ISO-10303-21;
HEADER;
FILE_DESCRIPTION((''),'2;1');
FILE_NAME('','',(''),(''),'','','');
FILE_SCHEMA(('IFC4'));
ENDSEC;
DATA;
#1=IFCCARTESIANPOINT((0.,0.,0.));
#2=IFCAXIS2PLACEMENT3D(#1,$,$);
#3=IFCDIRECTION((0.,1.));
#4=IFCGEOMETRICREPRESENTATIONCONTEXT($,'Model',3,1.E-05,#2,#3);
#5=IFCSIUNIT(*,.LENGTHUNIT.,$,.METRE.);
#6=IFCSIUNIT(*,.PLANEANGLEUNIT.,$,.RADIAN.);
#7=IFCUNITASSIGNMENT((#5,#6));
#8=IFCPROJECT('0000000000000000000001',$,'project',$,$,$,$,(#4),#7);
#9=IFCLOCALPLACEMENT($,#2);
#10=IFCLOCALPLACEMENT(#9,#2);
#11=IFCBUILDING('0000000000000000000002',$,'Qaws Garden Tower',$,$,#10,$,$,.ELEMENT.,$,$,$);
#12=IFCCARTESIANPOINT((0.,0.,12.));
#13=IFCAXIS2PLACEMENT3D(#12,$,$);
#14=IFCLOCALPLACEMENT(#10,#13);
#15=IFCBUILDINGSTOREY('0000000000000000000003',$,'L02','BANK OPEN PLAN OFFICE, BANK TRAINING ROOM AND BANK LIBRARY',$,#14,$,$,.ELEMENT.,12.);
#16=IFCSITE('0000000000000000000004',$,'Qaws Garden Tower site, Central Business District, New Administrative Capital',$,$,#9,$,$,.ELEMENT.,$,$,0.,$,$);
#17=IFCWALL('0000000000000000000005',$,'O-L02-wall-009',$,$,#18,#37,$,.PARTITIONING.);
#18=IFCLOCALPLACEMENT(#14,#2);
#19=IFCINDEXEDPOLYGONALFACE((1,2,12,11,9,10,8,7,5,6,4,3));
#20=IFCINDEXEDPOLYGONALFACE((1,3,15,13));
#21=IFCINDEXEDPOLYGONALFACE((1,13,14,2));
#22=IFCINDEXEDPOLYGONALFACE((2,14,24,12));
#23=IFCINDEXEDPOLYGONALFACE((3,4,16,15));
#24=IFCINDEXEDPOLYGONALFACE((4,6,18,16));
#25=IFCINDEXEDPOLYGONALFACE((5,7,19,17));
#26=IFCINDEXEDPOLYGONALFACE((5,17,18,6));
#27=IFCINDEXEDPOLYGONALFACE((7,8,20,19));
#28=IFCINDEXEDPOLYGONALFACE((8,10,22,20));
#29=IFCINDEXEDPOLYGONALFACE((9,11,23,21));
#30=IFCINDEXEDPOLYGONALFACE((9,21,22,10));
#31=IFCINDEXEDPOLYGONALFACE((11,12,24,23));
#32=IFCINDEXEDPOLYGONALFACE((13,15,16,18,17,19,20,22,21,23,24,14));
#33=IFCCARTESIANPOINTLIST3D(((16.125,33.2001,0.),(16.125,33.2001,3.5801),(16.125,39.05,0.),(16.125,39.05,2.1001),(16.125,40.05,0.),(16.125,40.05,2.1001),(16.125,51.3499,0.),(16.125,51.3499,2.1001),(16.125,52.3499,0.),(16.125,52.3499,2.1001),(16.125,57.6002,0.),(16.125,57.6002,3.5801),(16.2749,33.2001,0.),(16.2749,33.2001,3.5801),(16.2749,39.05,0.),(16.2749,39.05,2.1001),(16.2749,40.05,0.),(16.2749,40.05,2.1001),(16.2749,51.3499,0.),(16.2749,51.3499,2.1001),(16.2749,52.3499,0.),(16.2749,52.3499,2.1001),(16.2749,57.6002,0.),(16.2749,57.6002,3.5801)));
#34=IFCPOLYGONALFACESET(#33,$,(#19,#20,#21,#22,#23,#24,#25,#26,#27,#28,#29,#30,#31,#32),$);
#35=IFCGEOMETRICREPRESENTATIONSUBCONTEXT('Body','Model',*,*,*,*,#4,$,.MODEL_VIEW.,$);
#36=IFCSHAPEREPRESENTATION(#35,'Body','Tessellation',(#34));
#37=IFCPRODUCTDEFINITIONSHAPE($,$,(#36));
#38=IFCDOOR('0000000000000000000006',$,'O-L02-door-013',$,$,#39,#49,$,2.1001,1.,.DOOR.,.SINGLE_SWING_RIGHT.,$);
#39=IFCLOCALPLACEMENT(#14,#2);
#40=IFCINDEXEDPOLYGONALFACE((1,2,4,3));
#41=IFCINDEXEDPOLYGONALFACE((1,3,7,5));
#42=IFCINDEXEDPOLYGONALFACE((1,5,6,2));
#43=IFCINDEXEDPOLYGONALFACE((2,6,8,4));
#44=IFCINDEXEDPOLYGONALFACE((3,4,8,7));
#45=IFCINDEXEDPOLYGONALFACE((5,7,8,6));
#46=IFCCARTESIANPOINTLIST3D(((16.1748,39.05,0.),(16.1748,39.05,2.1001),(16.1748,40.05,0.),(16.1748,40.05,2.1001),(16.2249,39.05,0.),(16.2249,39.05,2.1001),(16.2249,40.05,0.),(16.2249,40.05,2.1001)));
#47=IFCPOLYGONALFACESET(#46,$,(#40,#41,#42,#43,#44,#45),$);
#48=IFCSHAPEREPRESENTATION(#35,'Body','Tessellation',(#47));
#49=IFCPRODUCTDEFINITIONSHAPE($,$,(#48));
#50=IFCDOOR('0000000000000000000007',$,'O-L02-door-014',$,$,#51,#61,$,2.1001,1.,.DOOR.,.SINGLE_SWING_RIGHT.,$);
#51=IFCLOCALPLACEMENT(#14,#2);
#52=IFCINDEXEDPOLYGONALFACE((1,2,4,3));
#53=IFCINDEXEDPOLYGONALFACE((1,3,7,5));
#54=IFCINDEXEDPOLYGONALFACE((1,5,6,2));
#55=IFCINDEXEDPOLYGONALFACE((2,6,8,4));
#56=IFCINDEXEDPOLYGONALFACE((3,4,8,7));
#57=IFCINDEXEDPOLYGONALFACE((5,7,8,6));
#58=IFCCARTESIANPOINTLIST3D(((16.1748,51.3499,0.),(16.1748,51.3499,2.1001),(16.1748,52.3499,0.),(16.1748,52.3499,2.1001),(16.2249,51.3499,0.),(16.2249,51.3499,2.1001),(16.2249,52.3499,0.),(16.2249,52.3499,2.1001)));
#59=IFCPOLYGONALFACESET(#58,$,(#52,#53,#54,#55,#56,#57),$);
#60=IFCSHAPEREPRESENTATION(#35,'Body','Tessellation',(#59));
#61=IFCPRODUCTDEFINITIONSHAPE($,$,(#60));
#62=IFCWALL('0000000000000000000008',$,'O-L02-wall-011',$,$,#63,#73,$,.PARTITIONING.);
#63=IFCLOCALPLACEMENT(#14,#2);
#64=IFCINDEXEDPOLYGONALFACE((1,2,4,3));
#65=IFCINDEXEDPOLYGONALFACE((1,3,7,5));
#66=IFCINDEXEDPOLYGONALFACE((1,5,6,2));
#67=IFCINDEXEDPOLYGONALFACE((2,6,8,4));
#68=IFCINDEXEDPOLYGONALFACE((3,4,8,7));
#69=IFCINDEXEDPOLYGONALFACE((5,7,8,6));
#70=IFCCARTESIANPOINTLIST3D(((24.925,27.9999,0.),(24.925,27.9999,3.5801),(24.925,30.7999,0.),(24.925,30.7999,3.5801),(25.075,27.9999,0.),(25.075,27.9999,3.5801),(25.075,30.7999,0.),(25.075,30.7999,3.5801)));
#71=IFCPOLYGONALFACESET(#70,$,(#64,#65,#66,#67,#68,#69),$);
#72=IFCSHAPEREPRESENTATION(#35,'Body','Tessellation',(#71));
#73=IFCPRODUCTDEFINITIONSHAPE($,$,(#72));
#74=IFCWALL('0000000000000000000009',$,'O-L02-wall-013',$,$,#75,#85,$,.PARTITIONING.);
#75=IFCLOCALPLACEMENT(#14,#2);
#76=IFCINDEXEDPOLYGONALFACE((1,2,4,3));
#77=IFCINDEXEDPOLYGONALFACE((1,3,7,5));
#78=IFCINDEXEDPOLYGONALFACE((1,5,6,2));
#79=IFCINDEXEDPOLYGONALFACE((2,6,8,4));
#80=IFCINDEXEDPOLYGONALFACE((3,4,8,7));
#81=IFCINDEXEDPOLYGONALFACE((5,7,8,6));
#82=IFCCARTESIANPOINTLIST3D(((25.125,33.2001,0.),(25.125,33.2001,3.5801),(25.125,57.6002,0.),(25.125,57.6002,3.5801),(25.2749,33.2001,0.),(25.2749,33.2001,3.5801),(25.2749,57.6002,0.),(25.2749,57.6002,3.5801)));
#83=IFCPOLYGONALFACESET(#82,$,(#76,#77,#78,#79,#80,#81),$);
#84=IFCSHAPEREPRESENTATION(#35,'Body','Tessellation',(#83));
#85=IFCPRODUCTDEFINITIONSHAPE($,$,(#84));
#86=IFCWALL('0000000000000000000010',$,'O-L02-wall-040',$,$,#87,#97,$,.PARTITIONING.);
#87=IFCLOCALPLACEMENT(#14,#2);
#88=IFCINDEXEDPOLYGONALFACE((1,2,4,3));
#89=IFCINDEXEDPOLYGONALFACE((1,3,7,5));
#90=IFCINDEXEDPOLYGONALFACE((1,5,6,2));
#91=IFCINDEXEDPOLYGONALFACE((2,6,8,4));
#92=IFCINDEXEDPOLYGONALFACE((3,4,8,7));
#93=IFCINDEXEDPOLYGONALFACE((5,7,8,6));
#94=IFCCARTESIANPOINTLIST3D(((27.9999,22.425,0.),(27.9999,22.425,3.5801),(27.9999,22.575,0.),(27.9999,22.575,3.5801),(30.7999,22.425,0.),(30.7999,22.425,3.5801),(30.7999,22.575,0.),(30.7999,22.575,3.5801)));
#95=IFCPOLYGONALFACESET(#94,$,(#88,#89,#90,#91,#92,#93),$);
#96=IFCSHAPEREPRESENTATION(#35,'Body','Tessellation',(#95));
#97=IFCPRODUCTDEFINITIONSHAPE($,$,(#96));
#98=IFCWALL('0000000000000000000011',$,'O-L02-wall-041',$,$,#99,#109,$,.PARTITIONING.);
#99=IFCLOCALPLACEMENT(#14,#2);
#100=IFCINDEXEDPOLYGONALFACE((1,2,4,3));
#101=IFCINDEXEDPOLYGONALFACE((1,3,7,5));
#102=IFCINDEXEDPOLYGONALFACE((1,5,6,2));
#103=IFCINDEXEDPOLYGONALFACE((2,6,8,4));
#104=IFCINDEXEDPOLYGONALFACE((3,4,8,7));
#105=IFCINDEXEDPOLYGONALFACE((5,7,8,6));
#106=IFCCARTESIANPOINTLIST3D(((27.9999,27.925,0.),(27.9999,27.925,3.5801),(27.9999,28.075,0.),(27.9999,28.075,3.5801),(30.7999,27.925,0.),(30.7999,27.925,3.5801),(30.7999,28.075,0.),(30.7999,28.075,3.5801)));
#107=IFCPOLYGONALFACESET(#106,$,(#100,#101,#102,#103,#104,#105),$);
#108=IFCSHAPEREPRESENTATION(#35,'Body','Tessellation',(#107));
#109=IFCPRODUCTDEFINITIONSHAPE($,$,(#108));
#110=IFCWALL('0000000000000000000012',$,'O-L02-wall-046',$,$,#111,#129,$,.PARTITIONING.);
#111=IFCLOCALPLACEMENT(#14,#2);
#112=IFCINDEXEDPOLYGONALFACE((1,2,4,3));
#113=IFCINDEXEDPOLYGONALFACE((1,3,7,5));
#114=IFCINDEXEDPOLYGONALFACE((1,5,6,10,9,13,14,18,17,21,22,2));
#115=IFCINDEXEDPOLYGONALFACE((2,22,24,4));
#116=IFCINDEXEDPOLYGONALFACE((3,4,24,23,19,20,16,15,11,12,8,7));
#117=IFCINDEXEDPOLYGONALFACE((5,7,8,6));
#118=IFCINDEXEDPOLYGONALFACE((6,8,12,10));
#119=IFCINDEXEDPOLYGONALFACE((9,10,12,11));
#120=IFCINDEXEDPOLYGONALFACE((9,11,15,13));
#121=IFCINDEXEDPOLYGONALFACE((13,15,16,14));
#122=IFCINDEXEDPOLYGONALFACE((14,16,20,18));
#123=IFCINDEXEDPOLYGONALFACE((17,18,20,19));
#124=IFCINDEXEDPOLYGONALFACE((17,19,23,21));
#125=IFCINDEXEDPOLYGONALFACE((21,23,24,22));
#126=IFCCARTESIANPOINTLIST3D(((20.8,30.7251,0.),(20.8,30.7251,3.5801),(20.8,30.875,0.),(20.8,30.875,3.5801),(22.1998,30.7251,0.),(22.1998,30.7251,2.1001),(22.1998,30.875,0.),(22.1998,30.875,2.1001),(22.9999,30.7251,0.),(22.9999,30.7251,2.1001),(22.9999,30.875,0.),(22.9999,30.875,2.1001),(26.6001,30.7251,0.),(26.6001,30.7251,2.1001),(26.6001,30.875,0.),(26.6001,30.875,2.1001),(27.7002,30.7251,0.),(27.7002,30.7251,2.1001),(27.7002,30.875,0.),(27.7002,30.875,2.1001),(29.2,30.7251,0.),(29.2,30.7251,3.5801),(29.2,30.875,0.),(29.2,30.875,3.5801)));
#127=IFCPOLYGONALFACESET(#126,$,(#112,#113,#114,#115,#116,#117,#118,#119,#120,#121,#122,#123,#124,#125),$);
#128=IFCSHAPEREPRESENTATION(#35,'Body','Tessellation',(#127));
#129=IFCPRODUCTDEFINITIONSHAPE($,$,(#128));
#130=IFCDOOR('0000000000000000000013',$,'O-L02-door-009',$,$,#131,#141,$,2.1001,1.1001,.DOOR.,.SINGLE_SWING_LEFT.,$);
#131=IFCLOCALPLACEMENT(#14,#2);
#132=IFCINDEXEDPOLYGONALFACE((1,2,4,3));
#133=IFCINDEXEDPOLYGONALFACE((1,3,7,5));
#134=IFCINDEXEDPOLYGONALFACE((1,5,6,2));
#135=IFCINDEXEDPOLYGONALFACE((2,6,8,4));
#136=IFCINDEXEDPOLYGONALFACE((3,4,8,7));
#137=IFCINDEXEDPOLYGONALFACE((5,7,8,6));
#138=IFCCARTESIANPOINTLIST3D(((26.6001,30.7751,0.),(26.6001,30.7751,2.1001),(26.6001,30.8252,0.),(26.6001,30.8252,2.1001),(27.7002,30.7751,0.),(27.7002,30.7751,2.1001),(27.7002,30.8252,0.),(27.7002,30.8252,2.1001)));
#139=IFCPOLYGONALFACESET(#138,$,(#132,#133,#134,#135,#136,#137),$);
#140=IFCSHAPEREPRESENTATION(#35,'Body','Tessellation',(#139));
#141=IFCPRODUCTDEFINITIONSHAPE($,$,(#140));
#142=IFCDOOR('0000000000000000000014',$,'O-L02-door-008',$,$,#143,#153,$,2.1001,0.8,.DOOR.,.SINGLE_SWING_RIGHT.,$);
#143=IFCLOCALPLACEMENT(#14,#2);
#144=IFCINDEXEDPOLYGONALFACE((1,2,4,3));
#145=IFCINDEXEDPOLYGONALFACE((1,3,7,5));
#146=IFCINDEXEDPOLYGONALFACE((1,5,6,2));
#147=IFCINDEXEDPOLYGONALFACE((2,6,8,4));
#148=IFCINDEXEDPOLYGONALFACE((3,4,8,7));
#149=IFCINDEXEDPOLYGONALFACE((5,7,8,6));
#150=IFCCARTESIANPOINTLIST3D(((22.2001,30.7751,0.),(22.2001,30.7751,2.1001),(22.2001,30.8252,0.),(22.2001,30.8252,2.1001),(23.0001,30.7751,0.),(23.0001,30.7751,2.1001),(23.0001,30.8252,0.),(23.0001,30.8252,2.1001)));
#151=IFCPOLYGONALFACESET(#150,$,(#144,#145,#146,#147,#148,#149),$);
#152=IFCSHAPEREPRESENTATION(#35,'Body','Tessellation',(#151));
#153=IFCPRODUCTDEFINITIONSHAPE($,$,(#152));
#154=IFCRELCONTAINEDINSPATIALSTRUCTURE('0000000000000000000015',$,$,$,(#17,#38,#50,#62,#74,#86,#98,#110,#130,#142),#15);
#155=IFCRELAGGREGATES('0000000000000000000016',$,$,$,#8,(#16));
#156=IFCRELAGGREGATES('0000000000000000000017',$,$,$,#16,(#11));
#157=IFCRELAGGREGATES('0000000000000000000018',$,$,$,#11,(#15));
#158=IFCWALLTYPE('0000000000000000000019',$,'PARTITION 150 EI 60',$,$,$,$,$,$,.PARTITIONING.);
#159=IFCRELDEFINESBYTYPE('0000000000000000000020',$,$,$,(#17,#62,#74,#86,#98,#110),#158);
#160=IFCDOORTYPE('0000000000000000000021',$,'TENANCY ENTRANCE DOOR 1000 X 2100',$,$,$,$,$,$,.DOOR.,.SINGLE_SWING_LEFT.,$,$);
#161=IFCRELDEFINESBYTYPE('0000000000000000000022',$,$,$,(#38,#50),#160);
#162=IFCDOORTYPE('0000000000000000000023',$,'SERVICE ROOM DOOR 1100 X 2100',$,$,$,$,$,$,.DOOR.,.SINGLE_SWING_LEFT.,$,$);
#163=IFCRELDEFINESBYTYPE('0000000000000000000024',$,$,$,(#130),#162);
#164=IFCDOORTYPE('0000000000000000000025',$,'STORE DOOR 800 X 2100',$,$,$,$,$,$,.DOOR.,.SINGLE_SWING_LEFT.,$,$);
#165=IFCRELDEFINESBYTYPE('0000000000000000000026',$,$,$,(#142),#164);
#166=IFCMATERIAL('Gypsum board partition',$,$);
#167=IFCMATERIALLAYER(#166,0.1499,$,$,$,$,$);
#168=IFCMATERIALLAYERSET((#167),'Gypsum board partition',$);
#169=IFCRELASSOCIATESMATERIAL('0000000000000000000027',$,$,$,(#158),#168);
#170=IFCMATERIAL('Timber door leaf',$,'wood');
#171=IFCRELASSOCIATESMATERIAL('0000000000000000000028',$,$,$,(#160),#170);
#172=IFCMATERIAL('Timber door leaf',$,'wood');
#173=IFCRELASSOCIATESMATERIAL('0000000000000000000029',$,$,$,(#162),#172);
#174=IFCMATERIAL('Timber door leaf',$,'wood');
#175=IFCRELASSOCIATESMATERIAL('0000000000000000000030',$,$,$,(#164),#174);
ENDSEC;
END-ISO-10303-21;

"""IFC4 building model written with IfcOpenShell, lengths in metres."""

from ifc_helpers import new_model, si_unit, direction, frame, frame_2d, origin, place, context, subcontext, project, spatial, rectangle, extrude, material, layer, layer_set, type_object, element, fill, save


model = new_model("IFC4")

# Units and contexts
model_context = context("Model", 3, precision=1e-05, world=origin(), true_north=direction((0.0, 1.0)))
body_context = subcontext(model_context, "Body", "Model", "MODEL_VIEW")
ifc_project = project(units=[si_unit("LENGTHUNIT", "METRE"), si_unit("PLANEANGLEUNIT", "RADIAN")], contexts=[model_context])

# Site, building, storey
site_placement = place(None, origin())
site = spatial("IfcSite", under=ifc_project, at=site_placement, Name="Qaws Garden Tower site, Central Business District, New Administrative Capital", CompositionType="ELEMENT", RefElevation=0.0)
building_placement = place(site_placement, origin())
building = spatial("IfcBuilding", under=site, at=building_placement, Name="Qaws Garden Tower", CompositionType="ELEMENT")
storey_placement = place(building_placement, frame((0.0, 0.0, 12.0)))
storey = spatial("IfcBuildingStorey", under=building, at=storey_placement, Name="L02", Description="BANK OPEN PLAN OFFICE, BANK TRAINING ROOM AND BANK LIBRARY", CompositionType="ELEMENT", Elevation=12.0)

# Shared definitions
ifc_material_1 = material(Name="Gypsum board partition")
ifc_layer_1 = layer(ifc_material_1, 0.1499)
ifc_layer_set_1 = layer_set([ifc_layer_1], Name="Gypsum board partition")
wall_type_1 = type_object("IfcWallType", Name="PARTITION 150 EI 60", PredefinedType="PARTITIONING", material=ifc_layer_set_1)

# Wall, openings, doors
wall_1_placement = place(storey_placement, frame((16.2, 33.2, 0.0), z_axis=(0.0, 0.0, 1.0), x_axis=(0.0, 1.0, 0.0)))
wall_1 = element("IfcWall", 1, at=wall_1_placement, inside=storey, type_object=wall_type_1, Name="O-L02-wall-009", PredefinedType="PARTITIONING", context=body_context, shape_type="SweptSolid", body=[
    extrude(rectangle(XDim=24.4001, YDim=0.1499, at=frame_2d((12.2002, 0.0))), origin(), (0.0, 0.0, 1.0), 3.5801),
])
opening_1_placement = place(wall_1_placement, frame((5.8501, 0.0, 0.0)))
opening_1 = element("IfcOpeningElement", 2, at=opening_1_placement, cuts=wall_1, PredefinedType="OPENING", context=body_context, shape_type="SweptSolid", body=[
    extrude(rectangle(XDim=1.0, YDim=2.1001, at=frame_2d((0.5, 1.05))), frame((0.0, 0.085, 0.0), z_axis=(0.0, -1.0, 0.0), x_axis=(1.0, 0.0, 0.0)), (0.0, 0.0, 1.0), 0.1699),
])
opening_2_placement = place(wall_1_placement, frame((18.1499, 0.0, 0.0)))
opening_2 = element("IfcOpeningElement", 3, at=opening_2_placement, cuts=wall_1, PredefinedType="OPENING", context=body_context, shape_type="SweptSolid", body=[
    extrude(rectangle(XDim=1.0, YDim=2.1001, at=frame_2d((0.5, 1.05))), frame((0.0, 0.085, 0.0), z_axis=(0.0, -1.0, 0.0), x_axis=(1.0, 0.0, 0.0)), (0.0, 0.0, 1.0), 0.1699),
])
ifc_material_2 = material(Name="Timber door leaf", Category="wood")
door_type_1 = type_object("IfcDoorType", Name="TENANCY ENTRANCE DOOR 1000 X 2100", OperationType="SINGLE_SWING_LEFT", PredefinedType="DOOR", material=ifc_material_2)
door_1_placement = place(opening_1_placement, frame((1.0, 0.0, 0.0), z_axis=(0.0, 0.0, 1.0), x_axis=(-1.0, 0.0, 0.0)))
door_1 = element("IfcDoor", 4, at=door_1_placement, inside=storey, type_object=door_type_1, Name="O-L02-door-013", OperationType="SINGLE_SWING_RIGHT", OverallHeight=2.1001, OverallWidth=1.0, PredefinedType="DOOR", context=body_context, shape_type="SweptSolid", body=[
    extrude(rectangle(XDim=1.0, YDim=2.1001, at=frame_2d((0.5, 1.05))), frame((0.0, 0.0249, 0.0), z_axis=(0.0, -1.0, 0.0), x_axis=(1.0, 0.0, 0.0)), (0.0, 0.0, 1.0), 0.05),
])
fill(opening_1, door_1)
door_2_placement = place(opening_2_placement, frame((1.0, 0.0, 0.0), z_axis=(0.0, 0.0, 1.0), x_axis=(-1.0, 0.0, 0.0)))
door_2 = element("IfcDoor", 5, at=door_2_placement, inside=storey, type_object=door_type_1, Name="O-L02-door-014", OperationType="SINGLE_SWING_RIGHT", OverallHeight=2.1001, OverallWidth=1.0, PredefinedType="DOOR", context=body_context, shape_type="SweptSolid", body=[
    extrude(rectangle(XDim=1.0, YDim=2.1001, at=frame_2d((0.5, 1.05))), frame((0.0, 0.0249, 0.0), z_axis=(0.0, -1.0, 0.0), x_axis=(1.0, 0.0, 0.0)), (0.0, 0.0, 1.0), 0.05),
])
fill(opening_2, door_2)

# Walls
wall_2_placement = place(storey_placement, frame((25.0, 28.0, 0.0), z_axis=(0.0, 0.0, 1.0), x_axis=(0.0, 1.0, 0.0)))
element("IfcWall", 6, at=wall_2_placement, inside=storey, type_object=wall_type_1, Name="O-L02-wall-011", PredefinedType="PARTITIONING", context=body_context, shape_type="SweptSolid", body=[
    extrude(rectangle(XDim=2.8, YDim=0.1499, at=frame_2d((1.3999, 0.0))), origin(), (0.0, 0.0, 1.0), 3.5801),
])
wall_3_placement = place(storey_placement, frame((25.2, 33.2, 0.0), z_axis=(0.0, 0.0, 1.0), x_axis=(0.0, 1.0, 0.0)))
element("IfcWall", 7, at=wall_3_placement, inside=storey, type_object=wall_type_1, Name="O-L02-wall-013", PredefinedType="PARTITIONING", context=body_context, shape_type="SweptSolid", body=[
    extrude(rectangle(XDim=24.4001, YDim=0.1499, at=frame_2d((12.2002, 0.0))), origin(), (0.0, 0.0, 1.0), 3.5801),
])
for number, where, z_axis, x_axis, name in (
    (8, (28.0, 22.5, 0.0), (0.0, 0.0, 1.0), (1.0, 0.0, 0.0), "O-L02-wall-040"),
    (9, (28.0, 28.0, 0.0), (0.0, 0.0, 1.0), (1.0, 0.0, 0.0), "O-L02-wall-041"),
):
    element("IfcWall", number, at=place(storey_placement, frame(where, z_axis=z_axis, x_axis=x_axis)), inside=storey, type_object=wall_type_1, Name=name, PredefinedType="PARTITIONING", context=body_context, shape_type="SweptSolid", body=[
        extrude(rectangle(XDim=2.8, YDim=0.1499, at=frame_2d((1.3999, 0.0))), origin(), (0.0, 0.0, 1.0), 3.5801),
    ])

# Wall, openings, doors
wall_4_placement = place(storey_placement, frame((20.8, 30.8, 0.0), z_axis=(0.0, 0.0, 1.0), x_axis=(1.0, 0.0, 0.0)))
wall_4 = element("IfcWall", 10, at=wall_4_placement, inside=storey, type_object=wall_type_1, Name="O-L02-wall-046", PredefinedType="PARTITIONING", context=body_context, shape_type="SweptSolid", body=[
    extrude(rectangle(XDim=8.3999, YDim=0.1499, at=frame_2d((4.2, 0.0))), origin(), (0.0, 0.0, 1.0), 3.5801),
])
opening_3_placement = place(wall_4_placement, frame((1.3999, 0.0, 0.0)))
opening_3 = element("IfcOpeningElement", 11, at=opening_3_placement, cuts=wall_4, PredefinedType="OPENING", context=body_context, shape_type="SweptSolid", body=[
    extrude(rectangle(XDim=0.8, YDim=2.1001, at=frame_2d((0.3999, 1.05))), frame((0.0, 0.085, 0.0), z_axis=(0.0, -1.0, 0.0), x_axis=(1.0, 0.0, 0.0)), (0.0, 0.0, 1.0), 0.1699),
])
opening_4_placement = place(wall_4_placement, frame((5.8, 0.0, 0.0)))
opening_4 = element("IfcOpeningElement", 12, at=opening_4_placement, cuts=wall_4, PredefinedType="OPENING", context=body_context, shape_type="SweptSolid", body=[
    extrude(rectangle(XDim=1.1001, YDim=2.1001, at=frame_2d((0.55, 1.05))), frame((0.0, 0.085, 0.0), z_axis=(0.0, -1.0, 0.0), x_axis=(1.0, 0.0, 0.0)), (0.0, 0.0, 1.0), 0.1699),
])
ifc_material_3 = material(Name="Timber door leaf", Category="wood")
door_type_2 = type_object("IfcDoorType", Name="SERVICE ROOM DOOR 1100 X 2100", OperationType="SINGLE_SWING_LEFT", PredefinedType="DOOR", material=ifc_material_3)
door_3_placement = place(opening_4_placement, frame((1.1001, 0.0, 0.0), z_axis=(0.0, 0.0, 1.0), x_axis=(-1.0, 0.0, 0.0)))
door_3 = element("IfcDoor", 13, at=door_3_placement, inside=storey, type_object=door_type_2, Name="O-L02-door-009", OperationType="SINGLE_SWING_LEFT", OverallHeight=2.1001, OverallWidth=1.1001, PredefinedType="DOOR", context=body_context, shape_type="SweptSolid", body=[
    extrude(rectangle(XDim=1.1001, YDim=2.1001, at=frame_2d((0.55, 1.05))), frame((0.0, 0.0249, 0.0), z_axis=(0.0, -1.0, 0.0), x_axis=(1.0, 0.0, 0.0)), (0.0, 0.0, 1.0), 0.05),
])
fill(opening_4, door_3)
ifc_material_4 = material(Name="Timber door leaf", Category="wood")
door_type_3 = type_object("IfcDoorType", Name="STORE DOOR 800 X 2100", OperationType="SINGLE_SWING_LEFT", PredefinedType="DOOR", material=ifc_material_4)
door_4_placement = place(opening_3_placement, frame((0.8, 0.0, 0.0), z_axis=(0.0, 0.0, 1.0), x_axis=(-1.0, 0.0, 0.0)))
door_4 = element("IfcDoor", 14, at=door_4_placement, inside=storey, type_object=door_type_3, Name="O-L02-door-008", OperationType="SINGLE_SWING_RIGHT", OverallHeight=2.1001, OverallWidth=0.8, PredefinedType="DOOR", context=body_context, shape_type="SweptSolid", body=[
    extrude(rectangle(XDim=0.8, YDim=2.1001, at=frame_2d((0.3999, 1.05))), frame((0.0, 0.0249, 0.0), z_axis=(0.0, -1.0, 0.0), x_axis=(1.0, 0.0, 0.0)), (0.0, 0.0, 1.0), 0.05),
])
fill(opening_3, door_4)

save(model, "model.ifc")
